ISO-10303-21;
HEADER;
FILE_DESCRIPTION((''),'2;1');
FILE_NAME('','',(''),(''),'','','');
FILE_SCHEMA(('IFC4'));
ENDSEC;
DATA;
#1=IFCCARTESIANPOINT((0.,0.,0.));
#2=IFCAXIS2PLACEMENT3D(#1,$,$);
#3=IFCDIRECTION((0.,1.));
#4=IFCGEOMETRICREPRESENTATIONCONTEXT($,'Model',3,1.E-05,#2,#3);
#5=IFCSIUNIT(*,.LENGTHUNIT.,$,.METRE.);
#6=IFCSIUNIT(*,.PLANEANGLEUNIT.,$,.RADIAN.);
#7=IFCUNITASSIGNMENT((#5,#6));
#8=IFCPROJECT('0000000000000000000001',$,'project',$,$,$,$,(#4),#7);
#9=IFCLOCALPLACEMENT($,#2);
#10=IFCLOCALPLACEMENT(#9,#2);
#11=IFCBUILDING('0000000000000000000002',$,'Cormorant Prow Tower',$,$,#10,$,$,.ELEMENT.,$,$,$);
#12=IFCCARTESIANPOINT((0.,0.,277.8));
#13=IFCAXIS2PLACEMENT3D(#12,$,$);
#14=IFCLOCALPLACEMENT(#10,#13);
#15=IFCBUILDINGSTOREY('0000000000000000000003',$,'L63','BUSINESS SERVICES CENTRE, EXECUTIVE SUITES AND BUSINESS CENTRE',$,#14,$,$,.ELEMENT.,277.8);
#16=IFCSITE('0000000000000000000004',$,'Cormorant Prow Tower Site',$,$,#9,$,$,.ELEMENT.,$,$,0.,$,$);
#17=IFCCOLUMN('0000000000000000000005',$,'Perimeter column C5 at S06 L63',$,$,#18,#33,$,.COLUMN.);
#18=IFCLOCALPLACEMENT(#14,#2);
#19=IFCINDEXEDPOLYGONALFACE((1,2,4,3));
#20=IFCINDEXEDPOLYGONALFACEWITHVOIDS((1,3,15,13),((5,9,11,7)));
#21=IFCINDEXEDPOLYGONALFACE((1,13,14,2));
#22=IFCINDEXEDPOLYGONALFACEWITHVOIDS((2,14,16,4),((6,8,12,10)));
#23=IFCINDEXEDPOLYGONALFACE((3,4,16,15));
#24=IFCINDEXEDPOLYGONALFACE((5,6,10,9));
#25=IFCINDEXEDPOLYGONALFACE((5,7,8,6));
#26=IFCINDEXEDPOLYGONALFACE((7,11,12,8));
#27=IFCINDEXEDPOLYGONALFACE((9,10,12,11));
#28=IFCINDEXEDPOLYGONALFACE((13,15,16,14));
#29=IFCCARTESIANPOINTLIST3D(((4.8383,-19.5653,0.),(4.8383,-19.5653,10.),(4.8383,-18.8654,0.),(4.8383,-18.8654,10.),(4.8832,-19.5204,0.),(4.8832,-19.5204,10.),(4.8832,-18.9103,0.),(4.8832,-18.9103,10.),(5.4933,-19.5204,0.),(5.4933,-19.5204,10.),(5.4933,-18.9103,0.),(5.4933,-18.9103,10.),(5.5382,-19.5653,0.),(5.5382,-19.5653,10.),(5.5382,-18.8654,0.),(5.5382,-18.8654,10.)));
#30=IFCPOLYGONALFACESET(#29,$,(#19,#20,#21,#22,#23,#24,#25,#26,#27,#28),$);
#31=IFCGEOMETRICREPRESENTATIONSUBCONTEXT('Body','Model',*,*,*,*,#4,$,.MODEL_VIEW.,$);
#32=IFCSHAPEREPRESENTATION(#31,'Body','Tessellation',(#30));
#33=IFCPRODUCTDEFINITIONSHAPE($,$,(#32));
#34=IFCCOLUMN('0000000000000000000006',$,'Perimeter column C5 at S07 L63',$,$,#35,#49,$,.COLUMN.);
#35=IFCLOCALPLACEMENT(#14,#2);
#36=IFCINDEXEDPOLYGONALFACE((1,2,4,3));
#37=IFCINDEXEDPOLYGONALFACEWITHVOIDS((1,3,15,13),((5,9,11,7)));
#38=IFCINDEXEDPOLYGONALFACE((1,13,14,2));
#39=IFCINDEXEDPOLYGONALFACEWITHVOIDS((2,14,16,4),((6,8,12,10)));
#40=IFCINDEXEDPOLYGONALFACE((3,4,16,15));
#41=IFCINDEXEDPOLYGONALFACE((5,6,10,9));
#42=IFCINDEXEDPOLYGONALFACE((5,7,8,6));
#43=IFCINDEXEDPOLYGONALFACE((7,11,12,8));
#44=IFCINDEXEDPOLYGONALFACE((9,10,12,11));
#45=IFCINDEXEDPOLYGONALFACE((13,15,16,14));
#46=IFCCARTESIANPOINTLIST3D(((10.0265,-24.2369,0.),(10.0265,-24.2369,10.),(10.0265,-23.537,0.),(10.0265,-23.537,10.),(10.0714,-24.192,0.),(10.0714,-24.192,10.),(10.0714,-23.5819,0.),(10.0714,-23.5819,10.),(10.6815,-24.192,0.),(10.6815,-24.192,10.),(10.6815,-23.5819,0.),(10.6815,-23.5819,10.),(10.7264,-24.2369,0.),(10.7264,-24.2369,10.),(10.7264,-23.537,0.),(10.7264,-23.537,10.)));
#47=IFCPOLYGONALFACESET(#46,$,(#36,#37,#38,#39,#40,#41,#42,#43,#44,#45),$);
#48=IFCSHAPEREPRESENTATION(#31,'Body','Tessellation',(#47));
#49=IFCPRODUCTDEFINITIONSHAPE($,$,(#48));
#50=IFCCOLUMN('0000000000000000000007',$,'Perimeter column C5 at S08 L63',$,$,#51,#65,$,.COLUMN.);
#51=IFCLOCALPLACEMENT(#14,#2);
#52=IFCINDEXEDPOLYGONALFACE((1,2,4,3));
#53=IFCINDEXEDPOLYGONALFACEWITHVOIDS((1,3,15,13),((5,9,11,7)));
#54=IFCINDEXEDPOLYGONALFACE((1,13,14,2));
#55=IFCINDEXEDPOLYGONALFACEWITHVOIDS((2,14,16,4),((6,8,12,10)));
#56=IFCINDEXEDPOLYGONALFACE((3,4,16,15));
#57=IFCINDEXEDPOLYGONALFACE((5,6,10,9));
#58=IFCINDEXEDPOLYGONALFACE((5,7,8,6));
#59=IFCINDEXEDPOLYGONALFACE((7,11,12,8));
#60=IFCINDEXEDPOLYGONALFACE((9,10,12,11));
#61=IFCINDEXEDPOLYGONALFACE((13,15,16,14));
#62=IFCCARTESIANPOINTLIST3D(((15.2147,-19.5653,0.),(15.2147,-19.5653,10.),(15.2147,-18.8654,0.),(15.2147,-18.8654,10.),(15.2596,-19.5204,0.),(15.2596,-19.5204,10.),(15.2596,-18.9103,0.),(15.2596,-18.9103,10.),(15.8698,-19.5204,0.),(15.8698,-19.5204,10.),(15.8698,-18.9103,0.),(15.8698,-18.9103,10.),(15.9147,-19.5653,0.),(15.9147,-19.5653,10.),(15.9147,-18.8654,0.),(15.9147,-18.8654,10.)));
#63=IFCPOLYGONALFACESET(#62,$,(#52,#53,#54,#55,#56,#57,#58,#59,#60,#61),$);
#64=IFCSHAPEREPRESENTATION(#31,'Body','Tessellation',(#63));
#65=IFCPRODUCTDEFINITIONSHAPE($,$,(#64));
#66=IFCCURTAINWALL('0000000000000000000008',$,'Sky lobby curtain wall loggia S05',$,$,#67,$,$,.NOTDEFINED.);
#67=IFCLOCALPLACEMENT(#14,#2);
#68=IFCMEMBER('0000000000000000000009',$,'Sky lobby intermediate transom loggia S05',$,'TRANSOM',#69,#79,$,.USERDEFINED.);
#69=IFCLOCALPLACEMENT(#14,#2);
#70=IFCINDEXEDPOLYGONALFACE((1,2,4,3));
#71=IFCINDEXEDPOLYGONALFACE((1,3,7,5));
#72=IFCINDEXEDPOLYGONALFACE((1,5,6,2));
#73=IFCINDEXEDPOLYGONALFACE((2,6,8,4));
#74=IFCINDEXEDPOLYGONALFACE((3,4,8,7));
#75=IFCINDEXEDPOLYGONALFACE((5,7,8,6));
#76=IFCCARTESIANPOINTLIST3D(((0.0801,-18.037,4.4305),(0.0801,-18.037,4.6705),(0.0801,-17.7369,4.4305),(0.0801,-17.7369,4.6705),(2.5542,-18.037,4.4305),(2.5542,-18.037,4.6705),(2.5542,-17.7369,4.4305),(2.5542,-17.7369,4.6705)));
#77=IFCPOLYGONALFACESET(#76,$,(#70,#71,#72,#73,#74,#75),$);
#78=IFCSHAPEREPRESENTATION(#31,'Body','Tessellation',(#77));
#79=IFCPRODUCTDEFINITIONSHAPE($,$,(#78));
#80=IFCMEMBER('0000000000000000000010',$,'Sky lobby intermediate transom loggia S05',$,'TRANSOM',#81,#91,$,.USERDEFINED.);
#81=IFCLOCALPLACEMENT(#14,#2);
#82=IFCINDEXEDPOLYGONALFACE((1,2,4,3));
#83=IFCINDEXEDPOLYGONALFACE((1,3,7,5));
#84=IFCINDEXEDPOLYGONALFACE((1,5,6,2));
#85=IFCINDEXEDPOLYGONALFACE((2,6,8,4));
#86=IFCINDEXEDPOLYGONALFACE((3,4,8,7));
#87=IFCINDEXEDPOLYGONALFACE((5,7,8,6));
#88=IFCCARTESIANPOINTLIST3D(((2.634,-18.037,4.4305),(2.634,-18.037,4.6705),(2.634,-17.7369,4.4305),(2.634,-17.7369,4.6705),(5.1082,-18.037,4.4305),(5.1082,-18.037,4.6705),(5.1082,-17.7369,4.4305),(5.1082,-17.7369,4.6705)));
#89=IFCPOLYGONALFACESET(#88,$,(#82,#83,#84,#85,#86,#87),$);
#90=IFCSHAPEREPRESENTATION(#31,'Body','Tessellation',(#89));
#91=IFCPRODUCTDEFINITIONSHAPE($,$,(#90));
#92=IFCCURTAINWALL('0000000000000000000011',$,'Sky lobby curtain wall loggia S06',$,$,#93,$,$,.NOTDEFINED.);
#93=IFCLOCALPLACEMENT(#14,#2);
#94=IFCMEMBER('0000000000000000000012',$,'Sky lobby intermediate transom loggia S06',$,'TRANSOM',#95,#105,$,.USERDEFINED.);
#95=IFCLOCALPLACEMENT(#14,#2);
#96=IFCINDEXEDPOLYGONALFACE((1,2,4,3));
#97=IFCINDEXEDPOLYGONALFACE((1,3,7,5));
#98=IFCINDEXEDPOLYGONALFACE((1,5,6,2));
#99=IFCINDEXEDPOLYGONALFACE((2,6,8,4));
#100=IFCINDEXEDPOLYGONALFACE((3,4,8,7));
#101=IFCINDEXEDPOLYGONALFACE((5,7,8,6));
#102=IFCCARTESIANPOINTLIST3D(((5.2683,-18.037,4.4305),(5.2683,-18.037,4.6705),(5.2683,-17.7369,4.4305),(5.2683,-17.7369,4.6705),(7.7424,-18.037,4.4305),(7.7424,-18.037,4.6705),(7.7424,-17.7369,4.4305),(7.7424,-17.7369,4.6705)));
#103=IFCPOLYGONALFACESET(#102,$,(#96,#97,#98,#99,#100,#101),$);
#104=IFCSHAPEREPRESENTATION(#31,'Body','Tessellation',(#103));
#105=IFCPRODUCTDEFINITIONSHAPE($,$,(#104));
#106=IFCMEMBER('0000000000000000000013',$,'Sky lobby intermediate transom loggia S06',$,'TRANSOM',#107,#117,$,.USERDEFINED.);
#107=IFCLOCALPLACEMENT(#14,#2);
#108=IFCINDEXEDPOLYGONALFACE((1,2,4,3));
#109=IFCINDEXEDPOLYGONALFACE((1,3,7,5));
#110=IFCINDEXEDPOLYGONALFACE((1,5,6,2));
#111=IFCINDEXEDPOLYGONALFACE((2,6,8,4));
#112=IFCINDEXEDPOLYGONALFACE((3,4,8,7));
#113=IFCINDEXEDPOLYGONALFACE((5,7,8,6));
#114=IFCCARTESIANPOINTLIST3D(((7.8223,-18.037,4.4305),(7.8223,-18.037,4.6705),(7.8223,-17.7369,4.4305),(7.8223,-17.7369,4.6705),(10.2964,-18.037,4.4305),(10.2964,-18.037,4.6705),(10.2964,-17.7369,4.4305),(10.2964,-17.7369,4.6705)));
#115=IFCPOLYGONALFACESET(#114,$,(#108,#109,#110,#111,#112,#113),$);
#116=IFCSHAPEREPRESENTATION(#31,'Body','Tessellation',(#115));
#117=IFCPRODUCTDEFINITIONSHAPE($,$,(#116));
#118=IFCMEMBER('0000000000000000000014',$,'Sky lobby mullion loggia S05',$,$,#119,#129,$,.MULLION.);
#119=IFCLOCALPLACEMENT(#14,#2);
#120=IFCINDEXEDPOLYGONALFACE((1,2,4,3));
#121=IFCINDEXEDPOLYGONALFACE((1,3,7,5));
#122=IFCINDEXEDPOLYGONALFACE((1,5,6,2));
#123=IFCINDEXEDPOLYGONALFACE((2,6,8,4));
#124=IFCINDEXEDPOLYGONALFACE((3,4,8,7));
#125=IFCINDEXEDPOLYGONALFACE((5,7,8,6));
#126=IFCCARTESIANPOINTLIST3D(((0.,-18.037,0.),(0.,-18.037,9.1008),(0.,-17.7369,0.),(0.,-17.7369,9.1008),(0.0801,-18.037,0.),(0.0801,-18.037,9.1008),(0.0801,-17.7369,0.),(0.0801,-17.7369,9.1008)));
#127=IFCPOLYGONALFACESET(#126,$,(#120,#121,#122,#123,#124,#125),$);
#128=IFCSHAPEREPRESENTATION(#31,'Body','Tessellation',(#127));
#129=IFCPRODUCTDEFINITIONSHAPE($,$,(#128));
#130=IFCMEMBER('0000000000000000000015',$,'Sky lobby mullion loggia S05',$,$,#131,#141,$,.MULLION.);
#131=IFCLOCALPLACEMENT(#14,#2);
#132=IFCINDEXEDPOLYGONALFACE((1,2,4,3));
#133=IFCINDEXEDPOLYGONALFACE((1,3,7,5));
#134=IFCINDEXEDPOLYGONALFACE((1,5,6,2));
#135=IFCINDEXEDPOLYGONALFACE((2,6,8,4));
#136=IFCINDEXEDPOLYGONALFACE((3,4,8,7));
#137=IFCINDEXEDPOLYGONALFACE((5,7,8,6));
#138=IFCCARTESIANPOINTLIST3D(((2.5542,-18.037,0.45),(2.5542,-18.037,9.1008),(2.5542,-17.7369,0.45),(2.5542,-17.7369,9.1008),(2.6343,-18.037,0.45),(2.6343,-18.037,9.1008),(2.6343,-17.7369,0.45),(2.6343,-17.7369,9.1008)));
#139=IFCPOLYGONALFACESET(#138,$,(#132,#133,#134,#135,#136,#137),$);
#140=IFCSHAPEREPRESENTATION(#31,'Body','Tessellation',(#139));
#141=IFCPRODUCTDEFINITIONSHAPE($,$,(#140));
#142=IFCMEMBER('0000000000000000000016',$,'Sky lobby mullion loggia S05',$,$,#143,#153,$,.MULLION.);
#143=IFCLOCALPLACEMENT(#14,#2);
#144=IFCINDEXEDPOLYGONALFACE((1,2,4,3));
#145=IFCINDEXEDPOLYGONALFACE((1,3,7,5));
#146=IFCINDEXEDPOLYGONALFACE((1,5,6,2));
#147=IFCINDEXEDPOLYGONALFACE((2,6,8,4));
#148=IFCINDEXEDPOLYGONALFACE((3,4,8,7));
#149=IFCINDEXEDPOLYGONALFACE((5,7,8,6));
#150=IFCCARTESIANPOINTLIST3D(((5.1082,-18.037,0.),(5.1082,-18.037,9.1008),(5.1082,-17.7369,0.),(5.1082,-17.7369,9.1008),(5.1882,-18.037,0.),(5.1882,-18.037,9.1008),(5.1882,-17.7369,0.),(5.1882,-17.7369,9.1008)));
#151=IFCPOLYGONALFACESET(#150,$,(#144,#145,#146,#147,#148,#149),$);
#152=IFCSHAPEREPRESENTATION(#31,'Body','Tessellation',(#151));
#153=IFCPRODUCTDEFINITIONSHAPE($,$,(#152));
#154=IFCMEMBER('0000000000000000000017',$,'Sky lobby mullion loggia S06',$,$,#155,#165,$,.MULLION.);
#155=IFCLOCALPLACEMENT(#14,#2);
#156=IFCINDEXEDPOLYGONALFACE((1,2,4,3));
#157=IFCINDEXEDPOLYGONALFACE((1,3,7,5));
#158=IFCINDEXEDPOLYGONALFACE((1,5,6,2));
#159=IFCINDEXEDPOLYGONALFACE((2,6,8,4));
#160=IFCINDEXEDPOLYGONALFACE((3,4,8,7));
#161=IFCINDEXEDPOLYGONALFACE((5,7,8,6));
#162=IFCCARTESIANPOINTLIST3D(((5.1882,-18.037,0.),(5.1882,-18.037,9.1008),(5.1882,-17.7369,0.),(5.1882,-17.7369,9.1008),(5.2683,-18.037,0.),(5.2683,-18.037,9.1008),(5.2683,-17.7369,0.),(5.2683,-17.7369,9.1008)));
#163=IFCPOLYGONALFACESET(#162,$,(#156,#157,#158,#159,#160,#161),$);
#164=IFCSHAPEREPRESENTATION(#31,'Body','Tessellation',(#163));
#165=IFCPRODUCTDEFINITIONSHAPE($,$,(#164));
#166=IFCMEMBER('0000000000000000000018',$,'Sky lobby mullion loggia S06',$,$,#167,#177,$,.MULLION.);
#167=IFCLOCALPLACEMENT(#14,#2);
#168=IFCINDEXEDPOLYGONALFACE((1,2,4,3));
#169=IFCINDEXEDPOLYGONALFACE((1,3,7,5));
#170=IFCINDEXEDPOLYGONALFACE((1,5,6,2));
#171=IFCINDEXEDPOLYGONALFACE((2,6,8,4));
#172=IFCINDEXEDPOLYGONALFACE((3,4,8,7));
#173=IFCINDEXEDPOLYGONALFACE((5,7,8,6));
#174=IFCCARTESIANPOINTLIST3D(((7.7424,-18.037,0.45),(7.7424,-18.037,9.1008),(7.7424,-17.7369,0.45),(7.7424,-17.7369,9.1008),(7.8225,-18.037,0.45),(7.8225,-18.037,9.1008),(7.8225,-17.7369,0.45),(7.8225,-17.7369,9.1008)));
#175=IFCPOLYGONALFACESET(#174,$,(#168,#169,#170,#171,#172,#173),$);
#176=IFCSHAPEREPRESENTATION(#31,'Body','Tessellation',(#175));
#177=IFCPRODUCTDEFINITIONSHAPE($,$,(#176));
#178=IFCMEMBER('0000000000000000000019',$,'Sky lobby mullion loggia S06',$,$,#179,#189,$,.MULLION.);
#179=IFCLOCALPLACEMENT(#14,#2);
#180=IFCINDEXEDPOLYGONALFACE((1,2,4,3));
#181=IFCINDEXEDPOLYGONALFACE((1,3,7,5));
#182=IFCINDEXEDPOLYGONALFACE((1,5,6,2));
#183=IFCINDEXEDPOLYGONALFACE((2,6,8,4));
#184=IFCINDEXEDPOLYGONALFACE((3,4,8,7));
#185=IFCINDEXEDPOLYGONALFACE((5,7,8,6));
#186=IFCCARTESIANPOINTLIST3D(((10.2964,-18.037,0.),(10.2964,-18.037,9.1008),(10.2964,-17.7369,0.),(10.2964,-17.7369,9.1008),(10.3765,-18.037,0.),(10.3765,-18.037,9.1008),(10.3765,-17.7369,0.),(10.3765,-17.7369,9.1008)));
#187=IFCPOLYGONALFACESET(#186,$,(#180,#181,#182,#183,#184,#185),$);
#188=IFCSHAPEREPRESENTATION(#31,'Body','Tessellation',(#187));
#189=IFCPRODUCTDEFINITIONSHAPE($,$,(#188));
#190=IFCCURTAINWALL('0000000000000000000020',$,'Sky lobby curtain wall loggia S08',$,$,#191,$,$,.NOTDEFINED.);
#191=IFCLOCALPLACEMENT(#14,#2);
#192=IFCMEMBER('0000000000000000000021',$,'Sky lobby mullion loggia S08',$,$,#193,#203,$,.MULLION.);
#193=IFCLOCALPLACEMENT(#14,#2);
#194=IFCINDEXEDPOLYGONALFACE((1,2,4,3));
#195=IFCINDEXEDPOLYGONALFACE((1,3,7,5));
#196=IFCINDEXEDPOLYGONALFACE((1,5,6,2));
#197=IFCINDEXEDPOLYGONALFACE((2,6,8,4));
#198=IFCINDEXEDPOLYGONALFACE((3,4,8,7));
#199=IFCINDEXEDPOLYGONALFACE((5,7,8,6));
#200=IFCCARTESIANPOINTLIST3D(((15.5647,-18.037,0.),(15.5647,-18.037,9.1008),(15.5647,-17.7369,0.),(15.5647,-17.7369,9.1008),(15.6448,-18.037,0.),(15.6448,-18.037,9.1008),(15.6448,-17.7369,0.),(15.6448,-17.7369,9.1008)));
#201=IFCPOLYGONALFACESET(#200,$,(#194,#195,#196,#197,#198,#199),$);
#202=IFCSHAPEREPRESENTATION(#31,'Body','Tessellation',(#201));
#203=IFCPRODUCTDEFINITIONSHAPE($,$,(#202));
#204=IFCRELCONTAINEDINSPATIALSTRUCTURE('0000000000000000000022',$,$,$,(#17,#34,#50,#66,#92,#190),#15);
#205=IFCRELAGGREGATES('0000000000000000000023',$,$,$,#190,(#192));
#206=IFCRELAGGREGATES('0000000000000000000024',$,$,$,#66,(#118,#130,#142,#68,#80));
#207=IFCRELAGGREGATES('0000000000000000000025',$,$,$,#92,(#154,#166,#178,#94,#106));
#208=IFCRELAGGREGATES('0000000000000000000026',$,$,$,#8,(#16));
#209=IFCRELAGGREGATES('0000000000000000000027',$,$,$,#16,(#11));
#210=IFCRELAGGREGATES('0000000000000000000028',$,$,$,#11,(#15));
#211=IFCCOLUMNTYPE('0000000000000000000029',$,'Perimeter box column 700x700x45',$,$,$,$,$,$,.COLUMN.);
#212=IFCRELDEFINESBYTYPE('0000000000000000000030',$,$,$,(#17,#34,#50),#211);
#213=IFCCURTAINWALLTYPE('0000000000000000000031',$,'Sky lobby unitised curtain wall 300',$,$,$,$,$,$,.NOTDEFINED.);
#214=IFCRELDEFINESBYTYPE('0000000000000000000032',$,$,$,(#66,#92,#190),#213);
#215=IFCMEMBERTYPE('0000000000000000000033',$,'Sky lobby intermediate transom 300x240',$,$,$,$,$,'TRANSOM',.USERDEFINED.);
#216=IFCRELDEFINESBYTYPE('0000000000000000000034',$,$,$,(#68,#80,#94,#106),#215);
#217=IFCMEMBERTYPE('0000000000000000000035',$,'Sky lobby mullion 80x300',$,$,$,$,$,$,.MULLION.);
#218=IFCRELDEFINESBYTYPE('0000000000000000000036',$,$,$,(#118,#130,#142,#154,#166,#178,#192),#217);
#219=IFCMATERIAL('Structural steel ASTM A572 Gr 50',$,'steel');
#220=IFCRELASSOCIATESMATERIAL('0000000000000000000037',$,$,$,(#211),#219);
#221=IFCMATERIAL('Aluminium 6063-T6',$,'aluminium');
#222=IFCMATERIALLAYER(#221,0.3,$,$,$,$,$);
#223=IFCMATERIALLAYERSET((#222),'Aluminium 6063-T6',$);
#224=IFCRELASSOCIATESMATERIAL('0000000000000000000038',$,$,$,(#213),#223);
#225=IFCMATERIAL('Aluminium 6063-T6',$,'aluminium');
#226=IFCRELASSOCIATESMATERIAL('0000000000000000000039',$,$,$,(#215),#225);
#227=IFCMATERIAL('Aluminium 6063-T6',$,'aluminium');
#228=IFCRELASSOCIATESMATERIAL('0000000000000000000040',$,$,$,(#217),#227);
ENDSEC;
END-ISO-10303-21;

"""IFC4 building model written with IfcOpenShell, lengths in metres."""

from ifc_helpers import new_model, si_unit, direction, frame, origin, origin_2d, place, context, subcontext, project, spatial, rectangle, hollow_rectangle, extrude, material, layer, layer_set, material_profile, profile_set, type_object, element, aggregate, save


model = new_model("IFC4")

# Units and contexts
model_context = context("Model", 3, precision=1e-05, world=origin(), true_north=direction((0.0, 1.0)))
body_context = subcontext(model_context, "Body", "Model", "MODEL_VIEW")
ifc_project = project(units=[si_unit("LENGTHUNIT", "METRE"), si_unit("PLANEANGLEUNIT", "RADIAN")], contexts=[model_context])

# Site, building, storey
site_placement = place(None, origin())
site = spatial("IfcSite", under=ifc_project, at=site_placement, Name="Cormorant Prow Tower Site", CompositionType="ELEMENT", RefElevation=0.0)
building_placement = place(site_placement, origin())
building = spatial("IfcBuilding", under=site, at=building_placement, Name="Cormorant Prow Tower", CompositionType="ELEMENT")
storey_placement = place(building_placement, frame((0.0, 0.0, 277.8)))
storey = spatial("IfcBuildingStorey", under=building, at=storey_placement, Name="L63", Description="BUSINESS SERVICES CENTRE, EXECUTIVE SUITES AND BUSINESS CENTRE", CompositionType="ELEMENT", Elevation=277.8)

# Columns
ifc_material_1 = material(Name="Structural steel ASTM A572 Gr 50", Category="steel")
ifc_material_profile_1 = material_profile(ifc_material_1, hollow_rectangle(XDim=0.7, YDim=0.7, WallThickness=0.0449, at=origin_2d()), Name="Box 700x700x45")
ifc_profile_set_1 = profile_set([ifc_material_profile_1], Name="Structural steel ASTM A572 Gr 50")
column_type = type_object("IfcColumnType", Name="Perimeter box column 700x700x45", PredefinedType="COLUMN", material=ifc_profile_set_1)
for number, where, z_axis, x_axis, name in (
    (1, (5.1882, -19.2153, 0.0), (0.0, 0.0, 1.0), (1.0, 0.0, 0.0), "Perimeter column C5 at S06 L63"),
    (2, (10.3765, -23.887, 0.0), (0.0, 0.0, 1.0), (1.0, 0.0, 0.0), "Perimeter column C5 at S07 L63"),
    (3, (15.5647, -19.2153, 0.0), (0.0, 0.0, 1.0), (1.0, 0.0, 0.0), "Perimeter column C5 at S08 L63"),
):
    element("IfcColumn", number, at=place(storey_placement, frame(where, z_axis=z_axis, x_axis=x_axis)), inside=storey, type_object=column_type, Name=name, PredefinedType="COLUMN", context=body_context, shape_type="SweptSolid", body=[
        extrude(hollow_rectangle(XDim=0.7, YDim=0.7, WallThickness=0.0449, at=origin_2d()), origin(), (0.0, 0.0, 1.0), 10.0),
    ])

# Curtain walls, members
ifc_material_2 = material(Name="Aluminium 6063-T6", Category="aluminium")
ifc_layer_1 = layer(ifc_material_2, 0.3)
ifc_layer_set_1 = layer_set([ifc_layer_1], Name="Aluminium 6063-T6")
curtain_wall_type = type_object("IfcCurtainWallType", Name="Sky lobby unitised curtain wall 300", PredefinedType="NOTDEFINED", material=ifc_layer_set_1)
curtain_wall_1_placement = place(storey_placement, origin())
curtain_wall_1 = element("IfcCurtainWall", 4, at=curtain_wall_1_placement, inside=storey, type_object=curtain_wall_type, Name="Sky lobby curtain wall loggia S05", PredefinedType="NOTDEFINED")
ifc_material_3 = material(Name="Aluminium 6063-T6", Category="aluminium")
ifc_material_profile_2 = material_profile(ifc_material_3, rectangle(XDim=0.3, YDim=0.24, at=origin_2d()), Name="Sky lobby intermediate transom 300x240")
ifc_profile_set_2 = profile_set([ifc_material_profile_2], Name="Aluminium 6063-T6")
member_type_1 = type_object("IfcMemberType", Name="Sky lobby intermediate transom 300x240", ElementType="TRANSOM", PredefinedType="USERDEFINED", material=ifc_profile_set_2)
member_1_placement = place(storey_placement, frame((0.0801, -17.887, 4.5505), z_axis=(1.0, 0.0, 0.0), x_axis=(0.0, 1.0, 0.0)))
member_1 = element("IfcMember", 5, at=member_1_placement, type_object=member_type_1, Name="Sky lobby intermediate transom loggia S05", ObjectType="TRANSOM", PredefinedType="USERDEFINED", context=body_context, shape_type="SweptSolid", body=[
    extrude(rectangle(XDim=0.3, YDim=0.24, at=origin_2d()), origin(), (0.0, 0.0, 1.0), 2.4741),
])
member_2_placement = place(storey_placement, frame((2.634, -17.887, 4.5505), z_axis=(1.0, 0.0, 0.0), x_axis=(0.0, 1.0, 0.0)))
member_2 = element("IfcMember", 6, at=member_2_placement, type_object=member_type_1, Name="Sky lobby intermediate transom loggia S05", ObjectType="TRANSOM", PredefinedType="USERDEFINED", context=body_context, shape_type="SweptSolid", body=[
    extrude(rectangle(XDim=0.3, YDim=0.24, at=origin_2d()), origin(), (0.0, 0.0, 1.0), 2.4741),
])
curtain_wall_2_placement = place(storey_placement, origin())
curtain_wall_2 = element("IfcCurtainWall", 7, at=curtain_wall_2_placement, inside=storey, type_object=curtain_wall_type, Name="Sky lobby curtain wall loggia S06", PredefinedType="NOTDEFINED")
member_3_placement = place(storey_placement, frame((5.2683, -17.887, 4.5505), z_axis=(1.0, 0.0, 0.0), x_axis=(0.0, 1.0, 0.0)))
member_3 = element("IfcMember", 8, at=member_3_placement, type_object=member_type_1, Name="Sky lobby intermediate transom loggia S06", ObjectType="TRANSOM", PredefinedType="USERDEFINED", context=body_context, shape_type="SweptSolid", body=[
    extrude(rectangle(XDim=0.3, YDim=0.24, at=origin_2d()), origin(), (0.0, 0.0, 1.0), 2.4741),
])
member_4_placement = place(storey_placement, frame((7.8223, -17.887, 4.5505), z_axis=(1.0, 0.0, 0.0), x_axis=(0.0, 1.0, 0.0)))
member_4 = element("IfcMember", 9, at=member_4_placement, type_object=member_type_1, Name="Sky lobby intermediate transom loggia S06", ObjectType="TRANSOM", PredefinedType="USERDEFINED", context=body_context, shape_type="SweptSolid", body=[
    extrude(rectangle(XDim=0.3, YDim=0.24, at=origin_2d()), origin(), (0.0, 0.0, 1.0), 2.4741),
])

# Members
ifc_material_4 = material(Name="Aluminium 6063-T6", Category="aluminium")
ifc_material_profile_3 = material_profile(ifc_material_4, rectangle(XDim=0.3, YDim=0.0801, at=origin_2d()), Name="Sky lobby mullion 80x300")
ifc_profile_set_3 = profile_set([ifc_material_profile_3], Name="Aluminium 6063-T6")
member_type_2 = type_object("IfcMemberType", Name="Sky lobby mullion 80x300", PredefinedType="MULLION", material=ifc_profile_set_3)
member_5_placement = place(storey_placement, frame((0.04, -17.887, 0.0), z_axis=(0.0, 0.0, 1.0), x_axis=(0.0, 1.0, 0.0)))
member_5 = element("IfcMember", 10, at=member_5_placement, type_object=member_type_2, Name="Sky lobby mullion loggia S05", PredefinedType="MULLION", context=body_context, shape_type="SweptSolid", body=[
    extrude(rectangle(XDim=0.3, YDim=0.0801, at=origin_2d()), origin(), (0.0, 0.0, 1.0), 9.1008),
])
member_6_placement = place(storey_placement, frame((2.5942, -17.887, 0.45), z_axis=(0.0, 0.0, 1.0), x_axis=(0.0, 1.0, 0.0)))
member_6 = element("IfcMember", 11, at=member_6_placement, type_object=member_type_2, Name="Sky lobby mullion loggia S05", PredefinedType="MULLION", context=body_context, shape_type="SweptSolid", body=[
    extrude(rectangle(XDim=0.3, YDim=0.0801, at=origin_2d()), origin(), (0.0, 0.0, 1.0), 8.6509),
])
member_7_placement = place(storey_placement, frame((5.1482, -17.887, 0.0), z_axis=(0.0, 0.0, 1.0), x_axis=(0.0, 1.0, 0.0)))
member_7 = element("IfcMember", 12, at=member_7_placement, type_object=member_type_2, Name="Sky lobby mullion loggia S05", PredefinedType="MULLION", context=body_context, shape_type="SweptSolid", body=[
    extrude(rectangle(XDim=0.3, YDim=0.0801, at=origin_2d()), origin(), (0.0, 0.0, 1.0), 9.1008),
])
member_8_placement = place(storey_placement, frame((5.2283, -17.887, 0.0), z_axis=(0.0, 0.0, 1.0), x_axis=(0.0, 1.0, 0.0)))
member_8 = element("IfcMember", 13, at=member_8_placement, type_object=member_type_2, Name="Sky lobby mullion loggia S06", PredefinedType="MULLION", context=body_context, shape_type="SweptSolid", body=[
    extrude(rectangle(XDim=0.3, YDim=0.0801, at=origin_2d()), origin(), (0.0, 0.0, 1.0), 9.1008),
])
member_9_placement = place(storey_placement, frame((7.7825, -17.887, 0.45), z_axis=(0.0, 0.0, 1.0), x_axis=(0.0, 1.0, 0.0)))
member_9 = element("IfcMember", 14, at=member_9_placement, type_object=member_type_2, Name="Sky lobby mullion loggia S06", PredefinedType="MULLION", context=body_context, shape_type="SweptSolid", body=[
    extrude(rectangle(XDim=0.3, YDim=0.0801, at=origin_2d()), origin(), (0.0, 0.0, 1.0), 8.6509),
])
member_10_placement = place(storey_placement, frame((10.3364, -17.887, 0.0), z_axis=(0.0, 0.0, 1.0), x_axis=(0.0, 1.0, 0.0)))
member_10 = element("IfcMember", 15, at=member_10_placement, type_object=member_type_2, Name="Sky lobby mullion loggia S06", PredefinedType="MULLION", context=body_context, shape_type="SweptSolid", body=[
    extrude(rectangle(XDim=0.3, YDim=0.0801, at=origin_2d()), origin(), (0.0, 0.0, 1.0), 9.1008),
])

# Curtain wall, member
curtain_wall_3_placement = place(storey_placement, origin())
curtain_wall_3 = element("IfcCurtainWall", 16, at=curtain_wall_3_placement, inside=storey, type_object=curtain_wall_type, Name="Sky lobby curtain wall loggia S08", PredefinedType="NOTDEFINED")
member_11_placement = place(storey_placement, frame((15.6047, -17.887, 0.0), z_axis=(0.0, 0.0, 1.0), x_axis=(0.0, 1.0, 0.0)))
member_11 = element("IfcMember", 17, at=member_11_placement, type_object=member_type_2, Name="Sky lobby mullion loggia S08", PredefinedType="MULLION", context=body_context, shape_type="SweptSolid", body=[
    extrude(rectangle(XDim=0.3, YDim=0.0801, at=origin_2d()), origin(), (0.0, 0.0, 1.0), 9.1008),
])
aggregate(curtain_wall_3, [member_11])

aggregate(curtain_wall_1, [member_5, member_6, member_7, member_1, member_2])
aggregate(curtain_wall_2, [member_8, member_9, member_10, member_3, member_4])

save(model, "model.ifc")
